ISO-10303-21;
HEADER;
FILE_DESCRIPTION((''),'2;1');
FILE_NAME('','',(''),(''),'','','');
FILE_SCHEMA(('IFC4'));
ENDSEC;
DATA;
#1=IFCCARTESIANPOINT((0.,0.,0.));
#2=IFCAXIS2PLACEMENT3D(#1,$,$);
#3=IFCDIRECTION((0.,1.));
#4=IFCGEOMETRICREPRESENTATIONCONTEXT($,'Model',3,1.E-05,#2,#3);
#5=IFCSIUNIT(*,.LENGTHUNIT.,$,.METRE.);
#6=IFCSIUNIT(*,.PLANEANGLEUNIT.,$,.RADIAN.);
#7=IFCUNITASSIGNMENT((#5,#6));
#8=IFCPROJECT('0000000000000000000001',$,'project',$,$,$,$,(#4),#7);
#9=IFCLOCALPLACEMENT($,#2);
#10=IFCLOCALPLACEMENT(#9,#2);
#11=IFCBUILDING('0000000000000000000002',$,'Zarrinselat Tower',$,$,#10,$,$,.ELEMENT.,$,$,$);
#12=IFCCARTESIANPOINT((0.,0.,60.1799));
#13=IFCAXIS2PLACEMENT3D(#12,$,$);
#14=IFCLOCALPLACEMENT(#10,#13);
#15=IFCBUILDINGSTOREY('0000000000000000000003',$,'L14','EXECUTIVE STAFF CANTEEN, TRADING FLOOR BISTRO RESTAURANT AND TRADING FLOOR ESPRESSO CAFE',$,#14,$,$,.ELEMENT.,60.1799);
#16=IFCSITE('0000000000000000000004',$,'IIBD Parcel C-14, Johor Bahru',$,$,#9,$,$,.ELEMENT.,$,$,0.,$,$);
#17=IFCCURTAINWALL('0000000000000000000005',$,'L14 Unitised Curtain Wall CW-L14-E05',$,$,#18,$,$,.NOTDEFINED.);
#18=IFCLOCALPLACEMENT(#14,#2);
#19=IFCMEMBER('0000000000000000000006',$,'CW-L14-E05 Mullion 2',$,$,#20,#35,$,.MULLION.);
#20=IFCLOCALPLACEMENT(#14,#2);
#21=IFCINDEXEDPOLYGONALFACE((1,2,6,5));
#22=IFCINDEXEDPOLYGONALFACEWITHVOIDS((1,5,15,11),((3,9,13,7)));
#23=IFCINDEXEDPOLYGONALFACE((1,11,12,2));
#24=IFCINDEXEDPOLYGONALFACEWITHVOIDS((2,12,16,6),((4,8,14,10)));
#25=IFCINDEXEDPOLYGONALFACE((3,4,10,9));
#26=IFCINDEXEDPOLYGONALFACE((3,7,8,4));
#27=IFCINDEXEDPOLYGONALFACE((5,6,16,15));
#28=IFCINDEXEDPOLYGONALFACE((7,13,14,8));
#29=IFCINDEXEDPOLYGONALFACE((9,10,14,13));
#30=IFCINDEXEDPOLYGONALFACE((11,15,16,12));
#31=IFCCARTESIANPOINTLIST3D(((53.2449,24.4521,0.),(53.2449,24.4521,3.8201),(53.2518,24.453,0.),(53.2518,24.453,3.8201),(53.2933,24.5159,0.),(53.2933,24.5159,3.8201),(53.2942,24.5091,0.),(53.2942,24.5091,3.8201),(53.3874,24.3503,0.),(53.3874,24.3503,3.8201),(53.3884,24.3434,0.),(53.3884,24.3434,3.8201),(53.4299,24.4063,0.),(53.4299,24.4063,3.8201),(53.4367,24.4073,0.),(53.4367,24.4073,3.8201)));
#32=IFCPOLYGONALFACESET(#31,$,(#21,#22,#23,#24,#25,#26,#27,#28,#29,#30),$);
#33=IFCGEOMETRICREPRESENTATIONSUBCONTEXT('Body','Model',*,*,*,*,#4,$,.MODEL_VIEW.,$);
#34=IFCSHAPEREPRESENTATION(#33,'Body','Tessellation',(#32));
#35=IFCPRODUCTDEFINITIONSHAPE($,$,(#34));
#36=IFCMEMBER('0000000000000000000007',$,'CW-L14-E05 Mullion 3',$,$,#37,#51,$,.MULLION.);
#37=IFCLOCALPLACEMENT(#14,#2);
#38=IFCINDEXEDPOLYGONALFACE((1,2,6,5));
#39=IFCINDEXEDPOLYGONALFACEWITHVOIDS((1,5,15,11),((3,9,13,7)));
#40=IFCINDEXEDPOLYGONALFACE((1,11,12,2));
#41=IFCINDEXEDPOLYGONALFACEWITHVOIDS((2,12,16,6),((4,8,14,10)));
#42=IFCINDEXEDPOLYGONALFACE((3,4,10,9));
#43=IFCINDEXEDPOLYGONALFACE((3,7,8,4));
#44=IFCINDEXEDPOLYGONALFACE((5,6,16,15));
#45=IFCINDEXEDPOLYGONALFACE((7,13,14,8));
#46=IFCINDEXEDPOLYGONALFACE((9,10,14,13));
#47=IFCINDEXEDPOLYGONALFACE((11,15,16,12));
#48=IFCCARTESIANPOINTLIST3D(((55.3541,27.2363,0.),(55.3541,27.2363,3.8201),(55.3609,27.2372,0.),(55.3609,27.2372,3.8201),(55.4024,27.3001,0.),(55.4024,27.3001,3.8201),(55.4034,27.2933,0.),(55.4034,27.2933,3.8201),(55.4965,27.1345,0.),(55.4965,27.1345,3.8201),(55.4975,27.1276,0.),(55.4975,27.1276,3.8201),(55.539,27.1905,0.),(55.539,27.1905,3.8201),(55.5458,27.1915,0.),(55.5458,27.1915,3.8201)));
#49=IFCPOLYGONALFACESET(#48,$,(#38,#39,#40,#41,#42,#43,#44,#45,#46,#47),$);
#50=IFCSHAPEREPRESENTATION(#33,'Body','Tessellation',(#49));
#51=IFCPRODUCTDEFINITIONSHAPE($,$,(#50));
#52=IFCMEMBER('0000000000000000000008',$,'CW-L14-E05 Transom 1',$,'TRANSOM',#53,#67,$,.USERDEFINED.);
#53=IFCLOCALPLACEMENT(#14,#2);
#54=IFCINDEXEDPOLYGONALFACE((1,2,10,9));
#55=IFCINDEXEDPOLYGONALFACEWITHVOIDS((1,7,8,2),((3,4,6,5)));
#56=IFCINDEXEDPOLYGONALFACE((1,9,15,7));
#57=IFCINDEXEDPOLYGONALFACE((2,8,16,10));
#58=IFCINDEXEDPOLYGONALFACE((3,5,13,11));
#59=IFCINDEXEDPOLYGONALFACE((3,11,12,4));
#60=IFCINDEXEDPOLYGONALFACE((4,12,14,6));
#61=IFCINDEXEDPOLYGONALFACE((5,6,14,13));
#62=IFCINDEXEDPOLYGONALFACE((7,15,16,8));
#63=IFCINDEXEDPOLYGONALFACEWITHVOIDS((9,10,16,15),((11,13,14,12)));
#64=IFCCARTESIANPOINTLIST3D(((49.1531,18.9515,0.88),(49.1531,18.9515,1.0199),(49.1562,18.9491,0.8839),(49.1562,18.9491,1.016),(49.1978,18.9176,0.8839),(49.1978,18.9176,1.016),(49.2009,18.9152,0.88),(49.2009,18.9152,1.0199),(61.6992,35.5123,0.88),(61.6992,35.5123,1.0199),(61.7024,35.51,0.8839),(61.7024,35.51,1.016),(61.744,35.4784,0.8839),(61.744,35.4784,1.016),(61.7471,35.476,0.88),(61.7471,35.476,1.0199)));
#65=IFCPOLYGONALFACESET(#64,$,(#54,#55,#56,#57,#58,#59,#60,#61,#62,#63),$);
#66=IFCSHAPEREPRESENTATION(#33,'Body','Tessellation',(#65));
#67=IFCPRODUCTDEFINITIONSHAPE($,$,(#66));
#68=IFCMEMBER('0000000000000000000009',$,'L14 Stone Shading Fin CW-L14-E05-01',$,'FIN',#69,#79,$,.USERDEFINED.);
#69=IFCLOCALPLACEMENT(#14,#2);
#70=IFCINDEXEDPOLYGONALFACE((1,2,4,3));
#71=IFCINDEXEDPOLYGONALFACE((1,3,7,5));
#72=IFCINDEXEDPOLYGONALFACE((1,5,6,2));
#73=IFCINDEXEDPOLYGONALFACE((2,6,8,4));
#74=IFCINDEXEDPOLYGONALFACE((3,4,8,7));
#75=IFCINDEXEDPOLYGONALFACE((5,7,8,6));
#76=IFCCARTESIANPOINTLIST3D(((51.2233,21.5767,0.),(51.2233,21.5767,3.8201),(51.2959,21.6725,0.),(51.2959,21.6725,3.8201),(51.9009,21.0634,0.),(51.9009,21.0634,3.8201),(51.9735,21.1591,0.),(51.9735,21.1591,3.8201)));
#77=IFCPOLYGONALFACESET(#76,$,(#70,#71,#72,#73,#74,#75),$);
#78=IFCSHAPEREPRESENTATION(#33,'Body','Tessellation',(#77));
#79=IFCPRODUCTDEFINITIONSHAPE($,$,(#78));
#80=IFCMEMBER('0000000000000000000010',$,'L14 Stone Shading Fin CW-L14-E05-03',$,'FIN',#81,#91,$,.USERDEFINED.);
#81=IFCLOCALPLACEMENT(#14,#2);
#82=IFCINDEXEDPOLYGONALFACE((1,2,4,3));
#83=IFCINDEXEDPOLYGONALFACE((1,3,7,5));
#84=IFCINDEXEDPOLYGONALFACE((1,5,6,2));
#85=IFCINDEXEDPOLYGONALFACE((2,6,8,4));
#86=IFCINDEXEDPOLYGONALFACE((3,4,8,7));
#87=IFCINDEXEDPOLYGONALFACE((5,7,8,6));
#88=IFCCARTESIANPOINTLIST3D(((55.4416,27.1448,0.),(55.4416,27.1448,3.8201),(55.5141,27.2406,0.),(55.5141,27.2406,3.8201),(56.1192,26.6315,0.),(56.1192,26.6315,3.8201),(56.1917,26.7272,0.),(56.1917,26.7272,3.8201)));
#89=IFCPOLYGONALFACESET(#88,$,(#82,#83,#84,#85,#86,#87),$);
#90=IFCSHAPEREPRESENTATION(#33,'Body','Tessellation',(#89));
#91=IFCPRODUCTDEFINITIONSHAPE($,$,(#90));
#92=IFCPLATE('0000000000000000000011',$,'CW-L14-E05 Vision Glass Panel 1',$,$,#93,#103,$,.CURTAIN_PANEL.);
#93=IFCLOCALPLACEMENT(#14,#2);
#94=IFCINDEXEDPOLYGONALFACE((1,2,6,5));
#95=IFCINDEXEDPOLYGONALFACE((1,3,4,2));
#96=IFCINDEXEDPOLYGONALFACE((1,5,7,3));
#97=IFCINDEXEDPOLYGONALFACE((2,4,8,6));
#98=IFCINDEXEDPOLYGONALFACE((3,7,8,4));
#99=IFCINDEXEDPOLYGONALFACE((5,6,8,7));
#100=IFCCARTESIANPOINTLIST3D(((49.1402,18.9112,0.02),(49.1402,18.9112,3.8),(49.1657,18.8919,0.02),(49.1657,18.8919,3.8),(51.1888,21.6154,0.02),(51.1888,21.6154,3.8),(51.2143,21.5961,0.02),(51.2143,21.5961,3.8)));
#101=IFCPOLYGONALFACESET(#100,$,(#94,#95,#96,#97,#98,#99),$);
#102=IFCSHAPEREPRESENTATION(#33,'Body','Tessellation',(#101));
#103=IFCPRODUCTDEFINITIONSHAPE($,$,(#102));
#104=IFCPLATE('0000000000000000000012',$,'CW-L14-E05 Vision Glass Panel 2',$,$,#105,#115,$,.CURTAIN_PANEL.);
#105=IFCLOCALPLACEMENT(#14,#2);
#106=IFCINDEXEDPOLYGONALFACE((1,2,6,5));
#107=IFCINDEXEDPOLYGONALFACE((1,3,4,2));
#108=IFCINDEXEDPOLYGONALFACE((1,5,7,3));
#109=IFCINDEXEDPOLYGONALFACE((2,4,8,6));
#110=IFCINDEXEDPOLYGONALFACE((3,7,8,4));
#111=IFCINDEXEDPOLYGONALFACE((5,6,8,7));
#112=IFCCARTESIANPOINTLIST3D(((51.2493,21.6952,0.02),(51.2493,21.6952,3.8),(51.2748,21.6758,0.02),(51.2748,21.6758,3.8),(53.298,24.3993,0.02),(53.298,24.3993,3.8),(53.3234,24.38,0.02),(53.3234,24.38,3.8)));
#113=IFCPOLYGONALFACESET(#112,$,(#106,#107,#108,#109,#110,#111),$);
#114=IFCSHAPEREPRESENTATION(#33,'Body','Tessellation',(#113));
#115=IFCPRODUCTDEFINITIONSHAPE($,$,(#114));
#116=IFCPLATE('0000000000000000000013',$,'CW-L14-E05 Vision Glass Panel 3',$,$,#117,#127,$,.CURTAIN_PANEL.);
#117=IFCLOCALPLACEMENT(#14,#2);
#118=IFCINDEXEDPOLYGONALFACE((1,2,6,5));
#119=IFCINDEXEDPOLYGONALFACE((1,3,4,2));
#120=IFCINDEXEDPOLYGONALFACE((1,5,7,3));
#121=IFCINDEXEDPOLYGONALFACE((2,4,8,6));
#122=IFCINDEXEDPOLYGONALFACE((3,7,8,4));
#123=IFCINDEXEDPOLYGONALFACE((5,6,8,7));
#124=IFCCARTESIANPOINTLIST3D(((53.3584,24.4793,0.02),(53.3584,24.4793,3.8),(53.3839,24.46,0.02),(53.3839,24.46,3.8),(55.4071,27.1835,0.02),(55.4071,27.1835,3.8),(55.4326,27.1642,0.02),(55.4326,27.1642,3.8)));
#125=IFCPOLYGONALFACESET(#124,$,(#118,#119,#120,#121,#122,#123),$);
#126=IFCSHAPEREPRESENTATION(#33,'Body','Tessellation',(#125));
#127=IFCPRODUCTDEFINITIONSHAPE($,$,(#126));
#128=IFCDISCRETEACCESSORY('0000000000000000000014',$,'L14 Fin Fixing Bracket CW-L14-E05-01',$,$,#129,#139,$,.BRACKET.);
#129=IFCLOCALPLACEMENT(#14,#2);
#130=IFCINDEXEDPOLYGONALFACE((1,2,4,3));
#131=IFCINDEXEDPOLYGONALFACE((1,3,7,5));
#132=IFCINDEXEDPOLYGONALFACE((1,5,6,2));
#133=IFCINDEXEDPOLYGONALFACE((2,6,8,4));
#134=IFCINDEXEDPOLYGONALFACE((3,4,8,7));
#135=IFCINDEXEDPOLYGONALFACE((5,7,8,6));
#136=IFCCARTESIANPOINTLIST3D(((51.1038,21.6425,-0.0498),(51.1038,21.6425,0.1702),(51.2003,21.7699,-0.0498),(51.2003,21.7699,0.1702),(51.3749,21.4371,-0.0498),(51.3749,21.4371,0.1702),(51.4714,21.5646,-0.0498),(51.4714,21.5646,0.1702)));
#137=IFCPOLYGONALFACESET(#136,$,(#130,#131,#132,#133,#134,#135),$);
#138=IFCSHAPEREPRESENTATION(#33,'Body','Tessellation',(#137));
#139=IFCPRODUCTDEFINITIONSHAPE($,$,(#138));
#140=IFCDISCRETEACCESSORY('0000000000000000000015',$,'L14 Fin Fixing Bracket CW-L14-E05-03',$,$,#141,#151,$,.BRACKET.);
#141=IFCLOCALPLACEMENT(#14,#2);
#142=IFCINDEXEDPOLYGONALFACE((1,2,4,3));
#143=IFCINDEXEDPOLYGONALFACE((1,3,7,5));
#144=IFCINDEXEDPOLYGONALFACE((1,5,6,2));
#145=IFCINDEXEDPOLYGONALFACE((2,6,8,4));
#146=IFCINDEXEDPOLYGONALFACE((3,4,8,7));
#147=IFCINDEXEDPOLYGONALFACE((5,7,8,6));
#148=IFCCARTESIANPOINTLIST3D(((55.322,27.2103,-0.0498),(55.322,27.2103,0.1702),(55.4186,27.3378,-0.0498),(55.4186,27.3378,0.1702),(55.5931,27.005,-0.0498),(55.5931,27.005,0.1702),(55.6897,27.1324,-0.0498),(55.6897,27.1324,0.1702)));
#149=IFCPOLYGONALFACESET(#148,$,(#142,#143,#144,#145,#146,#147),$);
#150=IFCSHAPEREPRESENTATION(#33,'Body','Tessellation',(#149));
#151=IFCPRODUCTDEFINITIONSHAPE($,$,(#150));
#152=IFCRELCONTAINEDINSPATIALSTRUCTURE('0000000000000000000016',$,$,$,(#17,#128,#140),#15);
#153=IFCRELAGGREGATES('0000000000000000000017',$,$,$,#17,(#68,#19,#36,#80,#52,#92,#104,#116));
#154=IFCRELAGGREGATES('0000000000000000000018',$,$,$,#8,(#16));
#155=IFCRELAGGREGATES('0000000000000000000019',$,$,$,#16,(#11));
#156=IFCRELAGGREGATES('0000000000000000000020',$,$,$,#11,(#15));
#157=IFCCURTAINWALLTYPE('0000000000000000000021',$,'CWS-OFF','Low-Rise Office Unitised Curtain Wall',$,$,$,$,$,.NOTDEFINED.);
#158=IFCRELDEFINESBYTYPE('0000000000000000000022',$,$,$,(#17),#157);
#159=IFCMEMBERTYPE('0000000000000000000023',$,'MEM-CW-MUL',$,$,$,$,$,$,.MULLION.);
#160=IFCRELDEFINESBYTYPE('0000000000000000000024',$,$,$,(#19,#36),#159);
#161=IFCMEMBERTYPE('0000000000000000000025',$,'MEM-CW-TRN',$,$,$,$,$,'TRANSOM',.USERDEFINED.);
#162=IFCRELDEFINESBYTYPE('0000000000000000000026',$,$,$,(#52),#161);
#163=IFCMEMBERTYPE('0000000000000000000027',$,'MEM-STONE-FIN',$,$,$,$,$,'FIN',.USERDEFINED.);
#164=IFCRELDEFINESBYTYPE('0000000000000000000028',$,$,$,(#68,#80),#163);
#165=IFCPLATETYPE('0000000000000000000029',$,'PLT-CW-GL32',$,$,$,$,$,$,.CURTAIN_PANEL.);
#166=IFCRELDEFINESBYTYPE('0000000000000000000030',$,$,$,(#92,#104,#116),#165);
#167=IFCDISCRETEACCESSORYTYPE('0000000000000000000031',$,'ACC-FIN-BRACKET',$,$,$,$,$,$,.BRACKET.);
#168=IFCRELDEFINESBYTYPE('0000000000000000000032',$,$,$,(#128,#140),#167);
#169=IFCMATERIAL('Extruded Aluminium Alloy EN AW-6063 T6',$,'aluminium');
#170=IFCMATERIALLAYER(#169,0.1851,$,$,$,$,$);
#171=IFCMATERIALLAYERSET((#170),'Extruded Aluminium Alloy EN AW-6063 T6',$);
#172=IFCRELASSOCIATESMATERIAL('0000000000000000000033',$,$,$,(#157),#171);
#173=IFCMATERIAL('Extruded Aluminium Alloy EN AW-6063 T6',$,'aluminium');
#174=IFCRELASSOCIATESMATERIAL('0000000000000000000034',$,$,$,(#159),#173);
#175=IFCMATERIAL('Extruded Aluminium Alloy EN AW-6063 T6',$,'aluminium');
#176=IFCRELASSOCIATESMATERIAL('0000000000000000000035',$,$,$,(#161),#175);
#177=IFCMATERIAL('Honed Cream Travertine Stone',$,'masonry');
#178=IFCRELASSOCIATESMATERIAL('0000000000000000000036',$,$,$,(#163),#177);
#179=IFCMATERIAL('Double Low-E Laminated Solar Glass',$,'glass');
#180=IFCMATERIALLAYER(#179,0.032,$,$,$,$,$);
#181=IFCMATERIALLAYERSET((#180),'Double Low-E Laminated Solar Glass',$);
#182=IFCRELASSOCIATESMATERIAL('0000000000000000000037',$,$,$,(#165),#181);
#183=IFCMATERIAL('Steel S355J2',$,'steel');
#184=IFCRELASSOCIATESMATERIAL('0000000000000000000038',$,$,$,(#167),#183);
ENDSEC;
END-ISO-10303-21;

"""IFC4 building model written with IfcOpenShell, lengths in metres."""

from ifc_helpers import new_model, si_unit, direction, frame, origin, origin_2d, place, context, subcontext, project, spatial, rectangle, hollow_rectangle, extrude, material, layer, layer_set, material_profile, profile_set, type_object, element, aggregate, save


model = new_model("IFC4")

# Units and contexts
model_context = context("Model", 3, precision=1e-05, world=origin(), true_north=direction((0.0, 1.0)))
body_context = subcontext(model_context, "Body", "Model", "MODEL_VIEW")
ifc_project = project(units=[si_unit("LENGTHUNIT", "METRE"), si_unit("PLANEANGLEUNIT", "RADIAN")], contexts=[model_context])

# Site, building, storey
site_placement = place(None, origin())
site = spatial("IfcSite", under=ifc_project, at=site_placement, Name="IIBD Parcel C-14, Johor Bahru", CompositionType="ELEMENT", RefElevation=0.0)
building_placement = place(site_placement, origin())
building = spatial("IfcBuilding", under=site, at=building_placement, Name="Zarrinselat Tower", CompositionType="ELEMENT")
storey_placement = place(building_placement, frame((0.0, 0.0, 60.1799)))
storey = spatial("IfcBuildingStorey", under=building, at=storey_placement, Name="L14", Description="EXECUTIVE STAFF CANTEEN, TRADING FLOOR BISTRO RESTAURANT AND TRADING FLOOR ESPRESSO CAFE", CompositionType="ELEMENT", Elevation=60.1799)

# Shared definitions
ifc_material_1 = material(Name="Extruded Aluminium Alloy EN AW-6063 T6", Category="aluminium")
ifc_layer_1 = layer(ifc_material_1, 0.1851)
ifc_layer_set_1 = layer_set([ifc_layer_1], Name="Extruded Aluminium Alloy EN AW-6063 T6")
curtain_wall_type = type_object("IfcCurtainWallType", Name="CWS-OFF", Description="Low-Rise Office Unitised Curtain Wall", PredefinedType="NOTDEFINED", material=ifc_layer_set_1)
ifc_material_2 = material(Name="Extruded Aluminium Alloy EN AW-6063 T6", Category="aluminium")
ifc_material_profile_1 = material_profile(ifc_material_2, hollow_rectangle(XDim=0.0801, YDim=0.1799, WallThickness=0.0049, at=origin_2d()), Name="RHS 180x80x5")
ifc_profile_set_1 = profile_set([ifc_material_profile_1], Name="Extruded Aluminium Alloy EN AW-6063 T6")
member_type_1 = type_object("IfcMemberType", Name="MEM-CW-MUL", PredefinedType="MULLION", material=ifc_profile_set_1)

# Curtain wall, members, plates
curtain_wall_1_placement = place(storey_placement, origin())
curtain_wall_1 = element("IfcCurtainWall", 1, at=curtain_wall_1_placement, inside=storey, type_object=curtain_wall_type, Name="L14 Unitised Curtain Wall CW-L14-E05", PredefinedType="NOTDEFINED")
member_1_placement = place(storey_placement, frame((53.3408, 24.4297, 0.0), z_axis=(0.0, 0.0, 1.0), x_axis=(0.603861, 0.79709, 0.0)))
member_1 = element("IfcMember", 2, at=member_1_placement, type_object=member_type_1, Name="CW-L14-E05 Mullion 2", PredefinedType="MULLION", context=body_context, shape_type="SweptSolid", body=[
    extrude(hollow_rectangle(XDim=0.0801, YDim=0.1799, WallThickness=0.0049, at=origin_2d()), origin(), (0.0, 0.0, 1.0), 3.8201),
])
member_2_placement = place(storey_placement, frame((55.45, 27.2139, 0.0), z_axis=(0.0, 0.0, 1.0), x_axis=(0.603861, 0.79709, 0.0)))
member_2 = element("IfcMember", 3, at=member_2_placement, type_object=member_type_1, Name="CW-L14-E05 Mullion 3", PredefinedType="MULLION", context=body_context, shape_type="SweptSolid", body=[
    extrude(hollow_rectangle(XDim=0.0801, YDim=0.1799, WallThickness=0.0049, at=origin_2d()), origin(), (0.0, 0.0, 1.0), 3.8201),
])
ifc_material_3 = material(Name="Extruded Aluminium Alloy EN AW-6063 T6", Category="aluminium")
ifc_material_profile_2 = material_profile(ifc_material_3, hollow_rectangle(XDim=0.0601, YDim=0.1399, WallThickness=0.0039, at=origin_2d()), Name="RHS 140x60x4")
ifc_profile_set_2 = profile_set([ifc_material_profile_2], Name="Extruded Aluminium Alloy EN AW-6063 T6")
member_type_2 = type_object("IfcMemberType", Name="MEM-CW-TRN", ElementType="TRANSOM", PredefinedType="USERDEFINED", material=ifc_profile_set_2)
member_3_placement = place(storey_placement, frame((49.177, 18.9333, 0.95), z_axis=(0.60386, 0.79709, 0.0), x_axis=(-0.79709, 0.60386, 0.0)))
member_3 = element("IfcMember", 4, at=member_3_placement, type_object=member_type_2, Name="CW-L14-E05 Transom 1", ObjectType="TRANSOM", PredefinedType="USERDEFINED", context=body_context, shape_type="SweptSolid", body=[
    extrude(hollow_rectangle(XDim=0.0601, YDim=0.1399, WallThickness=0.0039, at=origin_2d()), origin(), (0.0, 0.0, 1.0), 20.7766),
])
ifc_material_4 = material(Name="Honed Cream Travertine Stone", Category="masonry")
ifc_material_profile_3 = material_profile(ifc_material_4, rectangle(XDim=0.1201, YDim=0.8501, at=origin_2d()), Name="FIN 850x120")
ifc_profile_set_3 = profile_set([ifc_material_profile_3], Name="Honed Cream Travertine Stone")
member_type_3 = type_object("IfcMemberType", Name="MEM-STONE-FIN", ElementType="FIN", PredefinedType="USERDEFINED", material=ifc_profile_set_3)
member_4_placement = place(storey_placement, frame((51.5984, 21.3679, 0.0), z_axis=(0.0, 0.0, 1.0), x_axis=(-0.603861, -0.79709, 0.0)))
member_4 = element("IfcMember", 5, at=member_4_placement, type_object=member_type_3, Name="L14 Stone Shading Fin CW-L14-E05-01", ObjectType="FIN", PredefinedType="USERDEFINED", context=body_context, shape_type="SweptSolid", body=[
    extrude(rectangle(XDim=0.1201, YDim=0.8501, at=origin_2d()), origin(), (0.0, 0.0, 1.0), 3.8201),
])
member_5_placement = place(storey_placement, frame((55.8167, 26.936, 0.0), z_axis=(0.0, 0.0, 1.0), x_axis=(-0.603861, -0.79709, 0.0)))
member_5 = element("IfcMember", 6, at=member_5_placement, type_object=member_type_3, Name="L14 Stone Shading Fin CW-L14-E05-03", ObjectType="FIN", PredefinedType="USERDEFINED", context=body_context, shape_type="SweptSolid", body=[
    extrude(rectangle(XDim=0.1201, YDim=0.8501, at=origin_2d()), origin(), (0.0, 0.0, 1.0), 3.8201),
])
ifc_material_5 = material(Name="Double Low-E Laminated Solar Glass", Category="glass")
ifc_layer_2 = layer(ifc_material_5, 0.032)
ifc_layer_set_2 = layer_set([ifc_layer_2], Name="Double Low-E Laminated Solar Glass")
plate_type = type_object("IfcPlateType", Name="PLT-CW-GL32", PredefinedType="CURTAIN_PANEL", material=ifc_layer_set_2)
plate_1_placement = place(storey_placement, frame((50.1772, 20.2537, 0.02), z_axis=(0.0, 0.0, 1.0), x_axis=(0.603861, 0.79709, 0.0)))
plate_1 = element("IfcPlate", 7, at=plate_1_placement, type_object=plate_type, Name="CW-L14-E05 Vision Glass Panel 1", PredefinedType="CURTAIN_PANEL", context=body_context, shape_type="SweptSolid", body=[
    extrude(rectangle(XDim=3.3926, YDim=0.032, at=origin_2d()), origin(), (0.0, 0.0, 1.0), 3.78),
])
plate_2_placement = place(storey_placement, frame((52.2864, 23.0376, 0.02), z_axis=(0.0, 0.0, 1.0), x_axis=(0.603861, 0.79709, 0.0)))
plate_2 = element("IfcPlate", 8, at=plate_2_placement, type_object=plate_type, Name="CW-L14-E05 Vision Glass Panel 2", PredefinedType="CURTAIN_PANEL", context=body_context, shape_type="SweptSolid", body=[
    extrude(rectangle(XDim=3.3926, YDim=0.032, at=origin_2d()), origin(), (0.0, 0.0, 1.0), 3.78),
])
plate_3_placement = place(storey_placement, frame((54.3955, 25.8218, 0.02), z_axis=(0.0, 0.0, 1.0), x_axis=(0.603861, 0.79709, 0.0)))
plate_3 = element("IfcPlate", 9, at=plate_3_placement, type_object=plate_type, Name="CW-L14-E05 Vision Glass Panel 3", PredefinedType="CURTAIN_PANEL", context=body_context, shape_type="SweptSolid", body=[
    extrude(rectangle(XDim=3.3926, YDim=0.032, at=origin_2d()), origin(), (0.0, 0.0, 1.0), 3.78),
])
aggregate(curtain_wall_1, [member_4, member_1, member_2, member_5, member_3, plate_1, plate_2, plate_3])

# Discrete accessories
ifc_material_6 = material(Name="Steel S355J2", Category="steel")
discrete_accessory_type = type_object("IfcDiscreteAccessoryType", Name="ACC-FIN-BRACKET", PredefinedType="BRACKET", material=ifc_material_6)
for number, where, z_axis, x_axis, name in (
    (10, (51.2876, 21.6035, -0.0498), (0.0, 0.0, 1.0), (0.79709, -0.603861, 0.0), "L14 Fin Fixing Bracket CW-L14-E05-01"),
    (11, (55.5059, 27.1714, -0.0498), (0.0, 0.0, 1.0), (0.79709, -0.603861, 0.0), "L14 Fin Fixing Bracket CW-L14-E05-03"),
):
    element("IfcDiscreteAccessory", number, at=place(storey_placement, frame(where, z_axis=z_axis, x_axis=x_axis)), inside=storey, type_object=discrete_accessory_type, Name=name, PredefinedType="BRACKET", context=body_context, shape_type="SweptSolid", body=[
        extrude(rectangle(XDim=0.3401, YDim=0.1599, at=origin_2d()), origin(), (0.0, 0.0, 1.0), 0.22),
    ])

save(model, "model.ifc")
